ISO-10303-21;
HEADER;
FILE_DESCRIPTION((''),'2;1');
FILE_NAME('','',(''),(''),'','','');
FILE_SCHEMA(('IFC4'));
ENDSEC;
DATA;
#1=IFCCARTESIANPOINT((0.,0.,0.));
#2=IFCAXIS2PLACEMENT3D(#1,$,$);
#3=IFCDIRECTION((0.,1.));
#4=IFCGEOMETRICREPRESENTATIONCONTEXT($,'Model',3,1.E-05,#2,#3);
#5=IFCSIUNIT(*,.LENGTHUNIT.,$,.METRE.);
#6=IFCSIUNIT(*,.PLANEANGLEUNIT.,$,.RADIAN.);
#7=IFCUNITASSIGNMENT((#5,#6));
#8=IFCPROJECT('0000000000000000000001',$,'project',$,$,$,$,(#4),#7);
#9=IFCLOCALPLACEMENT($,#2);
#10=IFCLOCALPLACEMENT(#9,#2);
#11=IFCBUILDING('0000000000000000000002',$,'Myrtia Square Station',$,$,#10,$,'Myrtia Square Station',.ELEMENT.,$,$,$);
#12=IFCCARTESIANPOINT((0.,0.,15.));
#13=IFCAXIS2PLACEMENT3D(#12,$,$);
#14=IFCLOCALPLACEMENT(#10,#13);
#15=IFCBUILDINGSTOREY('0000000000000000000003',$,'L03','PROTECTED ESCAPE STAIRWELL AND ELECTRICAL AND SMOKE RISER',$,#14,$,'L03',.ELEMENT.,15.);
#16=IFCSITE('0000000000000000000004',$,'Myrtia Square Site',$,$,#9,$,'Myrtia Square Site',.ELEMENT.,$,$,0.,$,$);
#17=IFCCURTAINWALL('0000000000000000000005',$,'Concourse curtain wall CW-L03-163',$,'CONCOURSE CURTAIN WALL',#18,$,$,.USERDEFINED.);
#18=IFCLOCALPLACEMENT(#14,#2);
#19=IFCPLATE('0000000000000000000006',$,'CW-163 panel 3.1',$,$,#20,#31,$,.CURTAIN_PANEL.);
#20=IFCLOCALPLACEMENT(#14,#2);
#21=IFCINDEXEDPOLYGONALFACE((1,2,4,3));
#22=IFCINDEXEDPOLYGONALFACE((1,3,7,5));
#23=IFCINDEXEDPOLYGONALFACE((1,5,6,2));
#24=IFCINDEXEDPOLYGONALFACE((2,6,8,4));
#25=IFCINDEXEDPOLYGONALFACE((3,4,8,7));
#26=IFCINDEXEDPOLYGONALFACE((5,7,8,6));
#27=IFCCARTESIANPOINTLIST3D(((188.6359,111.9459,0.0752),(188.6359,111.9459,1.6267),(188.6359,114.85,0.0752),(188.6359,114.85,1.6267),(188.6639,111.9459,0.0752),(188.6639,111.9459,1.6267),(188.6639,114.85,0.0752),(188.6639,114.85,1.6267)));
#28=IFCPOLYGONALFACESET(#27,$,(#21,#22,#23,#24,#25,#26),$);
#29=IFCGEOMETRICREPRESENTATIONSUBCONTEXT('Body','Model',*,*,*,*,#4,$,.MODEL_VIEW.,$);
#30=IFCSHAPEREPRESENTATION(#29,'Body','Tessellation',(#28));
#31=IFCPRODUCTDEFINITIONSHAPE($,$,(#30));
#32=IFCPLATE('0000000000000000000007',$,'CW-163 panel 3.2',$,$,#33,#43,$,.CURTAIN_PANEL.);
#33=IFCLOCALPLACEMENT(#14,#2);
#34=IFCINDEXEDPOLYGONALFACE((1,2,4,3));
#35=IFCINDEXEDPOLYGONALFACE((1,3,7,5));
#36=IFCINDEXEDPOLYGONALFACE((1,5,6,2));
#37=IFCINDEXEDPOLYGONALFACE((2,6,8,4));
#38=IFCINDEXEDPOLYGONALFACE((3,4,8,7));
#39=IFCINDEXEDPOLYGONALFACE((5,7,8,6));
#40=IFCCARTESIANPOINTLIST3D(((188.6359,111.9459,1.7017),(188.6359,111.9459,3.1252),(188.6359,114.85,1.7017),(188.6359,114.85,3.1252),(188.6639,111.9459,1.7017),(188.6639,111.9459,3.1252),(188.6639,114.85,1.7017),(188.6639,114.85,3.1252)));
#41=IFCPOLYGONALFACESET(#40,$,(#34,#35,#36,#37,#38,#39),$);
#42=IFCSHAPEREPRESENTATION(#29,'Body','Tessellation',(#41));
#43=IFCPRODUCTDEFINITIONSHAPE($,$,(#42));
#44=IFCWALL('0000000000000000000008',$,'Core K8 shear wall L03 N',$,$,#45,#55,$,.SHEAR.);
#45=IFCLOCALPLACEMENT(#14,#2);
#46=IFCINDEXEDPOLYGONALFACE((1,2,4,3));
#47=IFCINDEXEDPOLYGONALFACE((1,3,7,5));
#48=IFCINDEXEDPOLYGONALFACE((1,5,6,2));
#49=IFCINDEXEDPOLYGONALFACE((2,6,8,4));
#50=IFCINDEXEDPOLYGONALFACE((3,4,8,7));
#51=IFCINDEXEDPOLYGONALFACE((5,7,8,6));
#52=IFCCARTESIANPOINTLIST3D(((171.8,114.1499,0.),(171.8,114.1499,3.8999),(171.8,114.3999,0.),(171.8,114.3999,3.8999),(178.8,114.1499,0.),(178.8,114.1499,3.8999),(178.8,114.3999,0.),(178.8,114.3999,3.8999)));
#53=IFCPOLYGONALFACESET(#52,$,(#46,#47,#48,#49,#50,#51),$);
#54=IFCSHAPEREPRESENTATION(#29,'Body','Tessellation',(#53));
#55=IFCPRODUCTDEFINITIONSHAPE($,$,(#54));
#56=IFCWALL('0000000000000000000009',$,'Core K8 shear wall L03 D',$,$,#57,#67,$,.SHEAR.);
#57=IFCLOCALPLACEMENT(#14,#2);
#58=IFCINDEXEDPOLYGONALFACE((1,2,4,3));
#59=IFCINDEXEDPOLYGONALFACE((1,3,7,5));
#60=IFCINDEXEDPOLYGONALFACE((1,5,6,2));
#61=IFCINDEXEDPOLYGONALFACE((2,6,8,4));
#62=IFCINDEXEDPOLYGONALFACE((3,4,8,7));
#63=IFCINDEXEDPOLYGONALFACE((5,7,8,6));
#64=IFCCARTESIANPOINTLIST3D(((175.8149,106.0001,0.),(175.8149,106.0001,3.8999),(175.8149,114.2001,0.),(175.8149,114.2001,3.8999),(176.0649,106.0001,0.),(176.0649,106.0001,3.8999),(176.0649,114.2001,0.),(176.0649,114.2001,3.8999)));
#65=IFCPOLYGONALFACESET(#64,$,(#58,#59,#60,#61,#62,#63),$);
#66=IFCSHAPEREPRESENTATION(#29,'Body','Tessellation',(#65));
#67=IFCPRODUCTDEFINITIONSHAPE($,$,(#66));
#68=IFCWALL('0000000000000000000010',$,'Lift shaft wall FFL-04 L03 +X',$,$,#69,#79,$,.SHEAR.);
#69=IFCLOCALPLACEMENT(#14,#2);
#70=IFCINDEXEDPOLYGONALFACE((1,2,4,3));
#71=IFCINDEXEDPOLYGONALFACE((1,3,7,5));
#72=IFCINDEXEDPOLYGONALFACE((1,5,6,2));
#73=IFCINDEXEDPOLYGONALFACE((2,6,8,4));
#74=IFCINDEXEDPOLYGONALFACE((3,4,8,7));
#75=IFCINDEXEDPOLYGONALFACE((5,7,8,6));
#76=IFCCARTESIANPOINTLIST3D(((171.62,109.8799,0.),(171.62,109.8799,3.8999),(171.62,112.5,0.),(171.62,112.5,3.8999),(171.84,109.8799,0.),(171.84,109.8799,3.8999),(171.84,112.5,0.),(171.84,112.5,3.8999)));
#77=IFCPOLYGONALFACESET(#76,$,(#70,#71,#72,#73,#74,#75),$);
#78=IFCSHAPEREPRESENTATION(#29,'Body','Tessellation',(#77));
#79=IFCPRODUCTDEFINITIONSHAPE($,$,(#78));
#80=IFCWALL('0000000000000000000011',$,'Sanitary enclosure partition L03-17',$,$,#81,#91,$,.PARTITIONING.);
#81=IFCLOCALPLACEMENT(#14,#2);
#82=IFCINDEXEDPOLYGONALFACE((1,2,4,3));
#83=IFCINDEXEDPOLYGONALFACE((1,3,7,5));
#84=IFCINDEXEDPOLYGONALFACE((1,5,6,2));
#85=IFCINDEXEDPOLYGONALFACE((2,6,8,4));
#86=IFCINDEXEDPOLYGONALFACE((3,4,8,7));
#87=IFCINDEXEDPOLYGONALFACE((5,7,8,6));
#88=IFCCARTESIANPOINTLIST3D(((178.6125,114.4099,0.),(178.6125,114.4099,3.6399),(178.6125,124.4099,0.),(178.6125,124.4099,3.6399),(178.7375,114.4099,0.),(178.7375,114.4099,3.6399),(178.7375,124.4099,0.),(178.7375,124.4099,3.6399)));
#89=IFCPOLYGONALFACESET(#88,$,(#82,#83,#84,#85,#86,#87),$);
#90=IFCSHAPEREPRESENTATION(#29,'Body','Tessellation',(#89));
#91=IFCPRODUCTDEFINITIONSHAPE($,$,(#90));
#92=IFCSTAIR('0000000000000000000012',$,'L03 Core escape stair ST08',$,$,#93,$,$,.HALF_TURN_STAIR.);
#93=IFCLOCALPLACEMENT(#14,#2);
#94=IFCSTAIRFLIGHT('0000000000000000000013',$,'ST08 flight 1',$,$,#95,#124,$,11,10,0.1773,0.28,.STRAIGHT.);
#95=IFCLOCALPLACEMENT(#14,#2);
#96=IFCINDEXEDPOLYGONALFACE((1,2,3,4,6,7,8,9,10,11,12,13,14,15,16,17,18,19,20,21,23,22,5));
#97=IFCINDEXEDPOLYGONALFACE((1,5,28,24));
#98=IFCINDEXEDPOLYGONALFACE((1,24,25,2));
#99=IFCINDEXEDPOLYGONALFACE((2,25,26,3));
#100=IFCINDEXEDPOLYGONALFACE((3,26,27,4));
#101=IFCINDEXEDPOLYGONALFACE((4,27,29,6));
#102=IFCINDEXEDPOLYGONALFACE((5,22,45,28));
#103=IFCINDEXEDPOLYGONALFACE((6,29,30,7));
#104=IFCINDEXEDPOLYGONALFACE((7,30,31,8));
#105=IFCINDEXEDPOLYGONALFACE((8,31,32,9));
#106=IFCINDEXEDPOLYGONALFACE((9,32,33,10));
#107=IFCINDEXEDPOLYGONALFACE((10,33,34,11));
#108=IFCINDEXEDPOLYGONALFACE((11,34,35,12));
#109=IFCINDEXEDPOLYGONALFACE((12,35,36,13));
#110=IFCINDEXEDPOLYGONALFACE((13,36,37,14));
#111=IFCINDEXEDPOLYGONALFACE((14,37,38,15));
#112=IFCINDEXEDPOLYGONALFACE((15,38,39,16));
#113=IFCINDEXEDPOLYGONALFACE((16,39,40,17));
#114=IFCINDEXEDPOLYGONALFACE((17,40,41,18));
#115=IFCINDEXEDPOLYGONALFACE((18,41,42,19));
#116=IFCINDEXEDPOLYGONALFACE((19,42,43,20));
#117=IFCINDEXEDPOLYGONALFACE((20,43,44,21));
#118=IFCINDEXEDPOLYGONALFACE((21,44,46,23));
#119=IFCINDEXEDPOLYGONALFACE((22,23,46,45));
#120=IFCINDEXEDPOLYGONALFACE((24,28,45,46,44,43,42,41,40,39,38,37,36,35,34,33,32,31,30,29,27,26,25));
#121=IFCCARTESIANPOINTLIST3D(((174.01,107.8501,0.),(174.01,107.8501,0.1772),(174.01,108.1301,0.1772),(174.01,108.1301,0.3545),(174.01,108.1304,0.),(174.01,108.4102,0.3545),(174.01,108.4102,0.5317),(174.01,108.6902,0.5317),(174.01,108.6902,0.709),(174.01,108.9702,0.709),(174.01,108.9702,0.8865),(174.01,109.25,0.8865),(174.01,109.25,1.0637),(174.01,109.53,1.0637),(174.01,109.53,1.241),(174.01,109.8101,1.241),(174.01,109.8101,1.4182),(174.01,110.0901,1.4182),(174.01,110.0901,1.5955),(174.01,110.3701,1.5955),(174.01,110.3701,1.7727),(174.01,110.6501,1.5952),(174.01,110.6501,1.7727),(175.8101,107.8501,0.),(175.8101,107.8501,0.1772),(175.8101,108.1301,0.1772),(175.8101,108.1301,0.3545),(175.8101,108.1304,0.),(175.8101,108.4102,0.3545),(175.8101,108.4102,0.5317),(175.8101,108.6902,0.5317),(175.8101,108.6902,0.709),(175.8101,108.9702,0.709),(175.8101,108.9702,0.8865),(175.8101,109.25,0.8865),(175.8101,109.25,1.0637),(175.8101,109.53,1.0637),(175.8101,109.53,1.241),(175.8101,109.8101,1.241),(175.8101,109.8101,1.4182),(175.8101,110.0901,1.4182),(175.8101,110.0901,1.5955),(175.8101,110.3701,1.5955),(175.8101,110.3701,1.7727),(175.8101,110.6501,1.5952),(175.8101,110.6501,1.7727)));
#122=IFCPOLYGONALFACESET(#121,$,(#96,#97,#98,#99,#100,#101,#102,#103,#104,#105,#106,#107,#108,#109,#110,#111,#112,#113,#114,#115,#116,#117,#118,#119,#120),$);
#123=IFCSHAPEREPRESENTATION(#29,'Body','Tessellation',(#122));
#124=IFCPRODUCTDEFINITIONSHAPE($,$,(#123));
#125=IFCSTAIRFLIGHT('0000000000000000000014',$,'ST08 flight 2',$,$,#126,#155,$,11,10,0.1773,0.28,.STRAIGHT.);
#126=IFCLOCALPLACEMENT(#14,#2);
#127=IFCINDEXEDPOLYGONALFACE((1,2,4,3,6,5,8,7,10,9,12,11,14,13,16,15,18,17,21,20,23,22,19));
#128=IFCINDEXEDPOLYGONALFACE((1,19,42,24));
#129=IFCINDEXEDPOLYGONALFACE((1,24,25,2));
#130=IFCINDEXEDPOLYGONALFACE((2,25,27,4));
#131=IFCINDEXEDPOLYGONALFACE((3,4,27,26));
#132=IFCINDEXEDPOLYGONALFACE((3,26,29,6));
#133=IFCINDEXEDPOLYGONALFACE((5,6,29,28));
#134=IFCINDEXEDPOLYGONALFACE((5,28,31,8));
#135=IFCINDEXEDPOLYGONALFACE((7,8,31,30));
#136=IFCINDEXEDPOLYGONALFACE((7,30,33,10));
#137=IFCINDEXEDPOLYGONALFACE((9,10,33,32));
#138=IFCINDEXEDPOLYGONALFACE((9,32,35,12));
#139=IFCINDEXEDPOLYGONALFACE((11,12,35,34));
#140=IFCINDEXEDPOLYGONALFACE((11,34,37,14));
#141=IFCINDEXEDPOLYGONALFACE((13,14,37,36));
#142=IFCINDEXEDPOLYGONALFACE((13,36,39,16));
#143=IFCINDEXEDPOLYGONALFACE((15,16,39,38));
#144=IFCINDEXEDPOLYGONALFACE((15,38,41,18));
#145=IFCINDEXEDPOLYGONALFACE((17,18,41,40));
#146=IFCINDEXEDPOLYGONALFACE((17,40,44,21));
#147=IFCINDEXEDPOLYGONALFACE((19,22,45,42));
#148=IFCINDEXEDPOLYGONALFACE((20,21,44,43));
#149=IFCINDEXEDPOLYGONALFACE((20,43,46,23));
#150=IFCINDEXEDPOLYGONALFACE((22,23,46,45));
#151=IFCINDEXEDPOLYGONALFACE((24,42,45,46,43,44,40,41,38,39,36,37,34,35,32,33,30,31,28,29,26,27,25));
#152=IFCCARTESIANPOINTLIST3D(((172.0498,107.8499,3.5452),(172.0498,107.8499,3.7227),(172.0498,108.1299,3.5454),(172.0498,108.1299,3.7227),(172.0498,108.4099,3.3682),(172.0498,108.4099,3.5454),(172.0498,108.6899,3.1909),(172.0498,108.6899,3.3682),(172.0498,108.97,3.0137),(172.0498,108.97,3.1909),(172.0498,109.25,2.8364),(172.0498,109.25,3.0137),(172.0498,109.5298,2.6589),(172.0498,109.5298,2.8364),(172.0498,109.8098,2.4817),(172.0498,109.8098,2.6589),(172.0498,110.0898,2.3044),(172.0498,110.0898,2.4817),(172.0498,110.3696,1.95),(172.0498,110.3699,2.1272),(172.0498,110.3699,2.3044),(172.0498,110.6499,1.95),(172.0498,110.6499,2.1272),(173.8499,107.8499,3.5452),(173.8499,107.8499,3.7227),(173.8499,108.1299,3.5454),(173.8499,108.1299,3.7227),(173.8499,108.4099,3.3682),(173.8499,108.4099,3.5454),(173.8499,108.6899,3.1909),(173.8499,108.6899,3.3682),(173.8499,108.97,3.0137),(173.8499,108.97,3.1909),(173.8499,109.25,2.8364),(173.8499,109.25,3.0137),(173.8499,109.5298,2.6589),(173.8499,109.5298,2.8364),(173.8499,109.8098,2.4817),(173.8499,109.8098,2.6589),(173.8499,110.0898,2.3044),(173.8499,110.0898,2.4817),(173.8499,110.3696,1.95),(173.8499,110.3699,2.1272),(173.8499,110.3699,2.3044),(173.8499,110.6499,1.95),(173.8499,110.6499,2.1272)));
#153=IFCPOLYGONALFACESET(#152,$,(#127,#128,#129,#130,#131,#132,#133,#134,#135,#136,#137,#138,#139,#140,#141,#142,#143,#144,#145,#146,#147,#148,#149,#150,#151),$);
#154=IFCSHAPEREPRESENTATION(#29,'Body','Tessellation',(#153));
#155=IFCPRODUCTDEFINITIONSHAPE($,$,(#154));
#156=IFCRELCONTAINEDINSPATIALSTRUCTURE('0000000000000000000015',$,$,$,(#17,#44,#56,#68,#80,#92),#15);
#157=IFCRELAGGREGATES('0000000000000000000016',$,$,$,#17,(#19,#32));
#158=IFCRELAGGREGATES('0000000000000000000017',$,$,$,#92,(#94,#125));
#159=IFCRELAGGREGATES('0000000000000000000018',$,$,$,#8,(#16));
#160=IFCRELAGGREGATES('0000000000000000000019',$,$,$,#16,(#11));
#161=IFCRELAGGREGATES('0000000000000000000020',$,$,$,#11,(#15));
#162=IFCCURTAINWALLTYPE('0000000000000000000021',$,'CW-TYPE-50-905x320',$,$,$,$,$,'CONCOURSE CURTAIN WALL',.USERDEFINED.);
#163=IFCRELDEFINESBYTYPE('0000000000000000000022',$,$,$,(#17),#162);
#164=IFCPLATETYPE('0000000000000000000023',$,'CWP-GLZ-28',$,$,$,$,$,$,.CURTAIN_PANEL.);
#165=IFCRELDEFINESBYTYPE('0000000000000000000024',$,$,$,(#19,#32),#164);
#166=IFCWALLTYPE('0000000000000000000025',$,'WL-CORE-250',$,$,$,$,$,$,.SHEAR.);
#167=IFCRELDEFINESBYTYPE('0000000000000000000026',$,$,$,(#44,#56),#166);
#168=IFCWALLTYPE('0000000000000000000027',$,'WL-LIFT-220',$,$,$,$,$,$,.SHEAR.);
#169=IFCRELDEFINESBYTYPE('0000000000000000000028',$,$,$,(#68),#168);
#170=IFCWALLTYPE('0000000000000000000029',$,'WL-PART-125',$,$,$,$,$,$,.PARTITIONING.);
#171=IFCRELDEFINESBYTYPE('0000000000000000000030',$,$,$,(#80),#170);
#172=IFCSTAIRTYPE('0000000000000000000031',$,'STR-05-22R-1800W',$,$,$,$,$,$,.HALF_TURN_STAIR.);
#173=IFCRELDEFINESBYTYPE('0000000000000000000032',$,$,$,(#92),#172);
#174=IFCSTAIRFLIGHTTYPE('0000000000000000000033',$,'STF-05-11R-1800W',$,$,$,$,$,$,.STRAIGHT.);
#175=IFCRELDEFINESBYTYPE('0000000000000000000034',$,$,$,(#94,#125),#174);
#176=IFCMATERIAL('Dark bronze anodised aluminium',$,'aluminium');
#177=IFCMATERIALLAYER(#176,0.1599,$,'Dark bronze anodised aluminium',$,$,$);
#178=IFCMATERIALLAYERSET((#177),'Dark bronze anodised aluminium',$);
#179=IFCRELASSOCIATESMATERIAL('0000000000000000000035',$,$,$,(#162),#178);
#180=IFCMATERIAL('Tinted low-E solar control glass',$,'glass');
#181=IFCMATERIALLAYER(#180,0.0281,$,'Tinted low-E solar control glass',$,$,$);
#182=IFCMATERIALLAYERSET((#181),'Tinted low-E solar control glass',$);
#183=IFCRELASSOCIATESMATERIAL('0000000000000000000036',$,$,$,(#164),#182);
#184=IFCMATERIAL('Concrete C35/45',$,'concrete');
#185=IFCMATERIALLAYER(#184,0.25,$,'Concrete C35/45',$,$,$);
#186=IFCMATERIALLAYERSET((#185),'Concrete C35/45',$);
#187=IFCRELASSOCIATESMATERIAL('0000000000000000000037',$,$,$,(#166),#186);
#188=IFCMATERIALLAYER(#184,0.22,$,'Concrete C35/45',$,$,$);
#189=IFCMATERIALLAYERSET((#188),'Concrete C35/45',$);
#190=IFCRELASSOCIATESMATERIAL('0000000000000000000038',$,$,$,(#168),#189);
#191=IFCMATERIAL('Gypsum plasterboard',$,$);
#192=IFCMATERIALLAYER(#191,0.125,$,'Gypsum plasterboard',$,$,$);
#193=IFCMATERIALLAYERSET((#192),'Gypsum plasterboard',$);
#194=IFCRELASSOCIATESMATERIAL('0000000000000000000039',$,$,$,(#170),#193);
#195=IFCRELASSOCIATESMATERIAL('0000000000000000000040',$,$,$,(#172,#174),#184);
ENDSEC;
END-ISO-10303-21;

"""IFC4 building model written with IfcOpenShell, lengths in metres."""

from ifc_helpers import new_model, si_unit, direction, frame, frame_2d, origin, origin_2d, place, context, subcontext, project, spatial, polyline, rectangle, outline, extrude, material, layer, layer_set, type_object, element, aggregate, save


model = new_model("IFC4")

# Units and contexts
model_context = context("Model", 3, precision=1e-05, world=origin(), true_north=direction((0.0, 1.0)))
body_context = subcontext(model_context, "Body", "Model", "MODEL_VIEW")
ifc_project = project(units=[si_unit("LENGTHUNIT", "METRE"), si_unit("PLANEANGLEUNIT", "RADIAN")], contexts=[model_context])

# Site, building, storey
site_placement = place(None, origin())
site = spatial("IfcSite", under=ifc_project, at=site_placement, Name="Myrtia Square Site", LongName="Myrtia Square Site", CompositionType="ELEMENT", RefElevation=0.0)
building_placement = place(site_placement, origin())
building = spatial("IfcBuilding", under=site, at=building_placement, Name="Myrtia Square Station", LongName="Myrtia Square Station", CompositionType="ELEMENT")
storey_placement = place(building_placement, frame((0.0, 0.0, 15.0)))
storey = spatial("IfcBuildingStorey", under=building, at=storey_placement, Name="L03", Description="PROTECTED ESCAPE STAIRWELL AND ELECTRICAL AND SMOKE RISER", LongName="L03", CompositionType="ELEMENT", Elevation=15.0)

# Curtain wall, plates
ifc_material_1 = material(Name="Dark bronze anodised aluminium", Category="aluminium")
ifc_layer_1 = layer(ifc_material_1, 0.1599, Name="Dark bronze anodised aluminium")
ifc_layer_set_1 = layer_set([ifc_layer_1], Name="Dark bronze anodised aluminium")
curtain_wall_type = type_object("IfcCurtainWallType", Name="CW-TYPE-50-905x320", ElementType="CONCOURSE CURTAIN WALL", PredefinedType="USERDEFINED", material=ifc_layer_set_1)
curtain_wall_placement = place(storey_placement, origin())
curtain_wall = element("IfcCurtainWall", 1, at=curtain_wall_placement, inside=storey, type_object=curtain_wall_type, Name="Concourse curtain wall CW-L03-163", ObjectType="CONCOURSE CURTAIN WALL", PredefinedType="USERDEFINED")
ifc_material_2 = material(Name="Tinted low-E solar control glass", Category="glass")
ifc_layer_2 = layer(ifc_material_2, 0.0281, Name="Tinted low-E solar control glass")
ifc_layer_set_2 = layer_set([ifc_layer_2], Name="Tinted low-E solar control glass")
plate_type = type_object("IfcPlateType", Name="CWP-GLZ-28", PredefinedType="CURTAIN_PANEL", material=ifc_layer_set_2)
plate_1_placement = place(storey_placement, frame((188.6499, 113.3979, 0.0752), z_axis=(0.0, 0.0, 1.0), x_axis=(0.0, 1.0, 0.0)))
plate_1 = element("IfcPlate", 2, at=plate_1_placement, type_object=plate_type, Name="CW-163 panel 3.1", PredefinedType="CURTAIN_PANEL", context=body_context, shape_type="SweptSolid", body=[
    extrude(rectangle(XDim=2.9041, YDim=0.0281, at=origin_2d()), origin(), (0.0, 0.0, 1.0), 1.5515),
])
plate_2_placement = place(storey_placement, frame((188.6499, 113.3979, 1.7017), z_axis=(0.0, 0.0, 1.0), x_axis=(0.0, 1.0, 0.0)))
plate_2 = element("IfcPlate", 3, at=plate_2_placement, type_object=plate_type, Name="CW-163 panel 3.2", PredefinedType="CURTAIN_PANEL", context=body_context, shape_type="SweptSolid", body=[
    extrude(rectangle(XDim=2.9041, YDim=0.0281, at=origin_2d()), origin(), (0.0, 0.0, 1.0), 1.4236),
])
aggregate(curtain_wall, [plate_1, plate_2])

# Walls
ifc_material_3 = material(Name="Concrete C35/45", Category="concrete")
ifc_layer_3 = layer(ifc_material_3, 0.25, Name="Concrete C35/45")
ifc_layer_set_3 = layer_set([ifc_layer_3], Name="Concrete C35/45")
wall_type_1 = type_object("IfcWallType", Name="WL-CORE-250", PredefinedType="SHEAR", material=ifc_layer_set_3)
wall_1_placement = place(storey_placement, frame((171.8, 114.2749, 0.0), z_axis=(0.0, 0.0, 1.0), x_axis=(1.0, 0.0, 0.0)))
element("IfcWall", 4, at=wall_1_placement, inside=storey, type_object=wall_type_1, Name="Core K8 shear wall L03 N", PredefinedType="SHEAR", context=body_context, shape_type="SweptSolid", body=[
    extrude(rectangle(XDim=7.0, YDim=0.25, at=frame_2d((3.5, 0.0))), origin(), (0.0, 0.0, 1.0), 3.8999),
])
wall_2_placement = place(storey_placement, frame((175.9399, 106.0, 0.0), z_axis=(0.0, 0.0, 1.0), x_axis=(0.0, 1.0, 0.0)))
element("IfcWall", 5, at=wall_2_placement, inside=storey, type_object=wall_type_1, Name="Core K8 shear wall L03 D", PredefinedType="SHEAR", context=body_context, shape_type="SweptSolid", body=[
    extrude(rectangle(XDim=8.2, YDim=0.25, at=frame_2d((4.1001, 0.0))), origin(), (0.0, 0.0, 1.0), 3.8999),
])
ifc_layer_4 = layer(ifc_material_3, 0.22, Name="Concrete C35/45")
ifc_layer_set_4 = layer_set([ifc_layer_4], Name="Concrete C35/45")
wall_type_2 = type_object("IfcWallType", Name="WL-LIFT-220", PredefinedType="SHEAR", material=ifc_layer_set_4)
wall_3_placement = place(storey_placement, frame((171.73, 109.8799, 0.0), z_axis=(0.0, 0.0, 1.0), x_axis=(0.0, 1.0, 0.0)))
element("IfcWall", 6, at=wall_3_placement, inside=storey, type_object=wall_type_2, Name="Lift shaft wall FFL-04 L03 +X", PredefinedType="SHEAR", context=body_context, shape_type="SweptSolid", body=[
    extrude(rectangle(XDim=2.6201, YDim=0.22, at=frame_2d((1.3101, 0.0))), origin(), (0.0, 0.0, 1.0), 3.8999),
])
ifc_material_4 = material(Name="Gypsum plasterboard")
ifc_layer_5 = layer(ifc_material_4, 0.125, Name="Gypsum plasterboard")
ifc_layer_set_5 = layer_set([ifc_layer_5], Name="Gypsum plasterboard")
wall_type_3 = type_object("IfcWallType", Name="WL-PART-125", PredefinedType="PARTITIONING", material=ifc_layer_set_5)
wall_4_placement = place(storey_placement, frame((178.675, 114.4099, 0.0), z_axis=(0.0, 0.0, 1.0), x_axis=(0.0, 1.0, 0.0)))
element("IfcWall", 7, at=wall_4_placement, inside=storey, type_object=wall_type_3, Name="Sanitary enclosure partition L03-17", PredefinedType="PARTITIONING", context=body_context, shape_type="SweptSolid", body=[
    extrude(rectangle(XDim=10.0, YDim=0.125, at=frame_2d((5.0, 0.0))), origin(), (0.0, 0.0, 1.0), 3.6399),
])

# Stair, stair flights
stair_type = type_object("IfcStairType", Name="STR-05-22R-1800W", PredefinedType="HALF_TURN_STAIR", material=ifc_material_3)
stair_placement = place(storey_placement, origin())
stair = element("IfcStair", 8, at=stair_placement, inside=storey, type_object=stair_type, Name="L03 Core escape stair ST08", PredefinedType="HALF_TURN_STAIR")
stair_flight_type = type_object("IfcStairFlightType", Name="STF-05-11R-1800W", PredefinedType="STRAIGHT", material=ifc_material_3)
stair_flight_1_placement = place(storey_placement, frame((174.9099, 107.8501, 0.0), z_axis=(0.0, 0.0, 1.0), x_axis=(0.0, 1.0, 0.0)))
stair_flight_1 = element("IfcStairFlight", 9, at=stair_flight_1_placement, type_object=stair_flight_type, Name="ST08 flight 1", NumberOfRisers=11, NumberOfTreads=10, PredefinedType="STRAIGHT", RiserHeight=0.1773, TreadLength=0.28, context=body_context, shape_type="SweptSolid", body=[
    extrude(outline(polyline([(0.0, 0.0), (0.0, 0.1772), (0.28, 0.1772), (0.28, 0.3545), (0.5601, 0.3545), (0.5601, 0.5317), (0.8401, 0.5317), (0.8401, 0.709), (1.1201, 0.709), (1.1201, 0.8865), (1.3999, 0.8865), (1.3999, 1.0637), (1.6799, 1.0637), (1.6799, 1.241), (1.96, 1.241), (1.96, 1.4182), (2.24, 1.4182), (2.24, 1.5955), (2.52, 1.5955), (2.52, 1.7727), (2.8, 1.7727), (2.8, 1.95), (2.8, 1.5952), (0.2803, 0.0), (0.0, 0.0)])), frame((0.0, 0.8999, 0.0), z_axis=(0.0, -1.0, 0.0), x_axis=(1.0, 0.0, 0.0)), (0.0, 0.0, 1.0), 1.8),
])
stair_flight_2_placement = place(storey_placement, frame((172.95, 110.6499, 1.95), z_axis=(0.0, 0.0, 1.0), x_axis=(0.0, -1.0, 0.0)))
stair_flight_2 = element("IfcStairFlight", 10, at=stair_flight_2_placement, type_object=stair_flight_type, Name="ST08 flight 2", NumberOfRisers=11, NumberOfTreads=10, PredefinedType="STRAIGHT", RiserHeight=0.1773, TreadLength=0.28, context=body_context, shape_type="SweptSolid", body=[
    extrude(outline(polyline([(0.0, 0.0), (0.0, 0.1772), (0.28, 0.1772), (0.28, 0.3545), (0.5601, 0.3545), (0.5601, 0.5317), (0.8401, 0.5317), (0.8401, 0.709), (1.1201, 0.709), (1.1201, 0.8865), (1.3999, 0.8865), (1.3999, 1.0637), (1.6799, 1.0637), (1.6799, 1.241), (1.96, 1.241), (1.96, 1.4182), (2.24, 1.4182), (2.24, 1.5955), (2.52, 1.5955), (2.52, 1.7727), (2.8, 1.7727), (2.8, 1.95), (2.8, 1.5952), (0.2803, 0.0), (0.0, 0.0)])), frame((0.0, 0.8999, 0.0), z_axis=(0.0, -1.0, 0.0), x_axis=(1.0, 0.0, 0.0)), (0.0, 0.0, 1.0), 1.8),
])
aggregate(stair, [stair_flight_1, stair_flight_2])

save(model, "model.ifc")
